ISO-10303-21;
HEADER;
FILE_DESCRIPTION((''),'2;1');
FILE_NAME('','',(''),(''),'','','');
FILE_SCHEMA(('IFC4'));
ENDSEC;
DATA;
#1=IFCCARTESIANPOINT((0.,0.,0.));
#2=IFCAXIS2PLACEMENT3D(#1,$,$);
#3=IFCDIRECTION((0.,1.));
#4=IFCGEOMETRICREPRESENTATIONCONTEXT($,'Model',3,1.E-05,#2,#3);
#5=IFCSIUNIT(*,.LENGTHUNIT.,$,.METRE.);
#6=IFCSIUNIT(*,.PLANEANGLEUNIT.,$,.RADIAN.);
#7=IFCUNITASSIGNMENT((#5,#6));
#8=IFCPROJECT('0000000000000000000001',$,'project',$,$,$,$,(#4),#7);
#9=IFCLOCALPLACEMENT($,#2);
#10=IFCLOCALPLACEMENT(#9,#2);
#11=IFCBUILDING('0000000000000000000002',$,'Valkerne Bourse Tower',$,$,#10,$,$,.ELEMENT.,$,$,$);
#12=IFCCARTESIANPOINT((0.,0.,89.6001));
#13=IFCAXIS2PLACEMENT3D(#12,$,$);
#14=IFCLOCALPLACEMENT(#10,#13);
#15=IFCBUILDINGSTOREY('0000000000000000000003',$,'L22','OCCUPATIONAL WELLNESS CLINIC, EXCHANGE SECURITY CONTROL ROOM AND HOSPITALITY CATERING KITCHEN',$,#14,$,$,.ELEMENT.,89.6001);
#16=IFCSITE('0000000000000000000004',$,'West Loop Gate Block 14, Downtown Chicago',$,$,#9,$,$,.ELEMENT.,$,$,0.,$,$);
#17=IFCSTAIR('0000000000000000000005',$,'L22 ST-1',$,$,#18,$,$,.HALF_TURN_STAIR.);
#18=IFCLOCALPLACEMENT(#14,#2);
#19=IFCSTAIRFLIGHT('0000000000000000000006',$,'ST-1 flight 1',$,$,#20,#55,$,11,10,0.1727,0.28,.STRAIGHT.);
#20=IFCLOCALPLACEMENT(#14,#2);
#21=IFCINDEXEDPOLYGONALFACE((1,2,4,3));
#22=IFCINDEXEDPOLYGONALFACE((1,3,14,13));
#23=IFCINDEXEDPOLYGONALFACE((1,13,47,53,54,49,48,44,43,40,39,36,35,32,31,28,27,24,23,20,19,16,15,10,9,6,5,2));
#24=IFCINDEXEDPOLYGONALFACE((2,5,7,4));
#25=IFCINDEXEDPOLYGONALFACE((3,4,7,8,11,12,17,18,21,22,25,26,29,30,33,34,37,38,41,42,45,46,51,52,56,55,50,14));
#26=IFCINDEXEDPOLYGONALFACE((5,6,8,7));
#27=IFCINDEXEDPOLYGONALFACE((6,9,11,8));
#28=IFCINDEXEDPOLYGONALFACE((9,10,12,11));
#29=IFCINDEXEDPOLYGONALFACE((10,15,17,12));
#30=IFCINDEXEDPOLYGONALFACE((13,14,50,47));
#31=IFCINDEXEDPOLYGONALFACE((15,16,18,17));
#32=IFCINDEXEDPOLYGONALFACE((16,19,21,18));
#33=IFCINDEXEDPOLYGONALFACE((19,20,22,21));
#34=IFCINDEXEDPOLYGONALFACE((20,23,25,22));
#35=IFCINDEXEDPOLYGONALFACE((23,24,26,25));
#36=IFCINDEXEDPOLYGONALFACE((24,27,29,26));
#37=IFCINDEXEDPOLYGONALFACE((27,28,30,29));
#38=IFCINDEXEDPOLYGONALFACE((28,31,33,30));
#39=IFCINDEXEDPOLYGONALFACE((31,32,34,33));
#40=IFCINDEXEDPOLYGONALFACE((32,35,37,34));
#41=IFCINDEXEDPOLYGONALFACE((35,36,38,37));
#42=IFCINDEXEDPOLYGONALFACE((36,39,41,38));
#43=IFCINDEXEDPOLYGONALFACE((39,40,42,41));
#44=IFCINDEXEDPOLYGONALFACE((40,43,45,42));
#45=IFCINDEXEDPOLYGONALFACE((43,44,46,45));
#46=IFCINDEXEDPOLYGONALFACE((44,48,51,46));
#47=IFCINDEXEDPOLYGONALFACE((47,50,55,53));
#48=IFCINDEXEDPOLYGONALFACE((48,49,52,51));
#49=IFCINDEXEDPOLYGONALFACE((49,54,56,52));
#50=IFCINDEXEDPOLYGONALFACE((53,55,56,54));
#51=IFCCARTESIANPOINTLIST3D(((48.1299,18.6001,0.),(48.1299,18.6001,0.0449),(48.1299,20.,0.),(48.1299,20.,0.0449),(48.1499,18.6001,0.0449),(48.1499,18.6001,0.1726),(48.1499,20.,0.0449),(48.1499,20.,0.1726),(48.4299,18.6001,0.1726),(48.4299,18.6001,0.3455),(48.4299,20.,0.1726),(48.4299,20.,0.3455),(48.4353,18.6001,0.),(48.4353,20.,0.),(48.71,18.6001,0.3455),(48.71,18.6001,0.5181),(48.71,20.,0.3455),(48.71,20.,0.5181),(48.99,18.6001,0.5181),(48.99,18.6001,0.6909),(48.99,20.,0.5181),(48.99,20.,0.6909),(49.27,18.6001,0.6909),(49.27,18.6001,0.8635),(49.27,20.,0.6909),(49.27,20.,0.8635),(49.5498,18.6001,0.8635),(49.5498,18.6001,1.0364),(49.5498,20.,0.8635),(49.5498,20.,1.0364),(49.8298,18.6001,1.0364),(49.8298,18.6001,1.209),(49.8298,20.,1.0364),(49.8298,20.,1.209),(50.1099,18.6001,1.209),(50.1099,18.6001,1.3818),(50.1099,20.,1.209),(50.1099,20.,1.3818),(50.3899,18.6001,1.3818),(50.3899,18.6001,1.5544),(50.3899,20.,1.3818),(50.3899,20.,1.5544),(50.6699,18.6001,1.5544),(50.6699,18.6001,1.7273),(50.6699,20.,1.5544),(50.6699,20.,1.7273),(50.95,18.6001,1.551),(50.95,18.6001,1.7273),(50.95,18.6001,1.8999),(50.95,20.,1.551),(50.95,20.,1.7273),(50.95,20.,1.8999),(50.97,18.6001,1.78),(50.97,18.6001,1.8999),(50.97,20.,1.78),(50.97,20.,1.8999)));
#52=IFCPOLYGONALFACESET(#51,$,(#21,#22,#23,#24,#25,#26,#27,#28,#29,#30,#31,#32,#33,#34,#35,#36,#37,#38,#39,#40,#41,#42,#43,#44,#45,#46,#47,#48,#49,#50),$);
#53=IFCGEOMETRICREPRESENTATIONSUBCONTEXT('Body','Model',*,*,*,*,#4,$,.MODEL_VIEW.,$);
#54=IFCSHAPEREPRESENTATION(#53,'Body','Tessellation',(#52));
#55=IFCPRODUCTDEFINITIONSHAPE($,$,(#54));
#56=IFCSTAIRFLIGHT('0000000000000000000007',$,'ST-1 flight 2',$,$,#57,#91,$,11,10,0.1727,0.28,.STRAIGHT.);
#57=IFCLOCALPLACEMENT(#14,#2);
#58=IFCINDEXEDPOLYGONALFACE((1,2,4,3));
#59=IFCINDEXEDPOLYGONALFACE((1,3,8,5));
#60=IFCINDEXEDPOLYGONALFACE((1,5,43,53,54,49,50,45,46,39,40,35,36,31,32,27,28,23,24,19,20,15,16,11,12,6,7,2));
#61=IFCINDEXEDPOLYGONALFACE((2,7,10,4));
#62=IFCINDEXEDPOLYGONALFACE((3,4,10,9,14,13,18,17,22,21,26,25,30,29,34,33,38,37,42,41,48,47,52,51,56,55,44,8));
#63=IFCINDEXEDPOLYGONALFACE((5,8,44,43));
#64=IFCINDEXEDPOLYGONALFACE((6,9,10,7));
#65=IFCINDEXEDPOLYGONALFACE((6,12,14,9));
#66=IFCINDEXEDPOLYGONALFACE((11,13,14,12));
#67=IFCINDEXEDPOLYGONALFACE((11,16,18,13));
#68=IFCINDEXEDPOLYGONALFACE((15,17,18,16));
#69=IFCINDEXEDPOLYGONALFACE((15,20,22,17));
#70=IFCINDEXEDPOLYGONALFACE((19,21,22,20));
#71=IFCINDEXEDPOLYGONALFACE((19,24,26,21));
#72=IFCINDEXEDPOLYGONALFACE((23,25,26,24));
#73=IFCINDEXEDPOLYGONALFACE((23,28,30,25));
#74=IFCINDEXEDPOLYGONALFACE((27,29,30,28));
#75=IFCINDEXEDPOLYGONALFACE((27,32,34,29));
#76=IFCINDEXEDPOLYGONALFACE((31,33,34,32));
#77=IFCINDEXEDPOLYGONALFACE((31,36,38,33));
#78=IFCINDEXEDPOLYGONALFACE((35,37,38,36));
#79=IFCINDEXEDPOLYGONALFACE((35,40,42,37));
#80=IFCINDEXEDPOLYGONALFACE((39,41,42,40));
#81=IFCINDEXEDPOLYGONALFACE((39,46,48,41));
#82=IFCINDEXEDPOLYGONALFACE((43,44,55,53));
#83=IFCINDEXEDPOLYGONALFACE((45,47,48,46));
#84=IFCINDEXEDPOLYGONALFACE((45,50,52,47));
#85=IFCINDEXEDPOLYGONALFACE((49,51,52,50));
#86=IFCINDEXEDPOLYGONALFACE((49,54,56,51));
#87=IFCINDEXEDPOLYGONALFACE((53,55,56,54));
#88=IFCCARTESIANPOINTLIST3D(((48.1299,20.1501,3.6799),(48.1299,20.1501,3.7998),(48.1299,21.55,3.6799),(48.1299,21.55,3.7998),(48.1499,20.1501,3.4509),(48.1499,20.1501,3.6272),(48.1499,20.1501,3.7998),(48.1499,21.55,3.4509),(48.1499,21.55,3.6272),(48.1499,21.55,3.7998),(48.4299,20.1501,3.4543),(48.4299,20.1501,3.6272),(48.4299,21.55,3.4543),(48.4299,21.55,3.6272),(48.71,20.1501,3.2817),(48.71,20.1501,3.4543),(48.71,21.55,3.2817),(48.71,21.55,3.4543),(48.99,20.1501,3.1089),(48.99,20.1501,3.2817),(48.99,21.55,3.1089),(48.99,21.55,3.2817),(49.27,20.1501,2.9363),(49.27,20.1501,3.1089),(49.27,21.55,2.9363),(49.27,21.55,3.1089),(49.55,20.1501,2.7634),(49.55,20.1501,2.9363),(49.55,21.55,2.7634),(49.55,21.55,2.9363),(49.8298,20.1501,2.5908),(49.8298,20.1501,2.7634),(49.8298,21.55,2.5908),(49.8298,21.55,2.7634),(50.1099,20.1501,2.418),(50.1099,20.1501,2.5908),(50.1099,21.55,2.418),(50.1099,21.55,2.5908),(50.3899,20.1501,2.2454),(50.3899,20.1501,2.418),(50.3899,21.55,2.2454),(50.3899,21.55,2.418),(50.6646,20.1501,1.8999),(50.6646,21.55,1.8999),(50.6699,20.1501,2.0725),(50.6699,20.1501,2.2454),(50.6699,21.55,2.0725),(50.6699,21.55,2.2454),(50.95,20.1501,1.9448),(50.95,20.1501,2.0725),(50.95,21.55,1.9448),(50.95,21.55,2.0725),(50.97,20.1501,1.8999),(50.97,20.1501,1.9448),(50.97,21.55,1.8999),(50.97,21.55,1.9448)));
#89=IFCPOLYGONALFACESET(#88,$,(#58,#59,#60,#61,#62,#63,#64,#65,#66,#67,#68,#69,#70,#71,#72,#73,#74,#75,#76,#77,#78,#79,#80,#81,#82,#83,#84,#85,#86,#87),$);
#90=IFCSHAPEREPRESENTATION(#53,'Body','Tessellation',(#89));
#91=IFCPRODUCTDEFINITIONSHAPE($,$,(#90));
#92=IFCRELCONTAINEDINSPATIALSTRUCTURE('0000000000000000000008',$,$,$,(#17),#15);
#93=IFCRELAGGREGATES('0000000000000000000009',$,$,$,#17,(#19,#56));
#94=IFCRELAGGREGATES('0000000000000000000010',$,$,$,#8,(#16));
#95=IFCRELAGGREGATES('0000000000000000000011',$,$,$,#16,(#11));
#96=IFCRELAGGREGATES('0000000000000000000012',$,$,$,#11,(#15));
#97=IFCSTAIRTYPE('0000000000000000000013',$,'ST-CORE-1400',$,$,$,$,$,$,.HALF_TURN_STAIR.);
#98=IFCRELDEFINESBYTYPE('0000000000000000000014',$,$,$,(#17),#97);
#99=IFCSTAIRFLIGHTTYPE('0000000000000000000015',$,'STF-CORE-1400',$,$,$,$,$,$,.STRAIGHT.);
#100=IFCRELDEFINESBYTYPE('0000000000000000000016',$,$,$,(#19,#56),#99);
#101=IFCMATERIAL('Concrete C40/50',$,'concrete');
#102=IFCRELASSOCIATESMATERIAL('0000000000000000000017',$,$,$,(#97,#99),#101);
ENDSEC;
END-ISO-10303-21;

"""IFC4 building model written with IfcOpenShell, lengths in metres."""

from ifc_helpers import new_model, si_unit, direction, frame, origin, place, context, subcontext, project, spatial, polyline, outline, extrude, material, type_object, element, aggregate, save


model = new_model("IFC4")

# Units and contexts
model_context = context("Model", 3, precision=1e-05, world=origin(), true_north=direction((0.0, 1.0)))
body_context = subcontext(model_context, "Body", "Model", "MODEL_VIEW")
ifc_project = project(units=[si_unit("LENGTHUNIT", "METRE"), si_unit("PLANEANGLEUNIT", "RADIAN")], contexts=[model_context])

# Site, building, storey
site_placement = place(None, origin())
site = spatial("IfcSite", under=ifc_project, at=site_placement, Name="West Loop Gate Block 14, Downtown Chicago", CompositionType="ELEMENT", RefElevation=0.0)
building_placement = place(site_placement, origin())
building = spatial("IfcBuilding", under=site, at=building_placement, Name="Valkerne Bourse Tower", CompositionType="ELEMENT")
storey_placement = place(building_placement, frame((0.0, 0.0, 89.6001)))
storey = spatial("IfcBuildingStorey", under=building, at=storey_placement, Name="L22", Description="OCCUPATIONAL WELLNESS CLINIC, EXCHANGE SECURITY CONTROL ROOM AND HOSPITALITY CATERING KITCHEN", CompositionType="ELEMENT", Elevation=89.6001)

# Stair, stair flights
ifc_material_1 = material(Name="Concrete C40/50", Category="concrete")
stair_type = type_object("IfcStairType", Name="ST-CORE-1400", PredefinedType="HALF_TURN_STAIR", material=ifc_material_1)
stair_placement = place(storey_placement, origin())
stair = element("IfcStair", 1, at=stair_placement, inside=storey, type_object=stair_type, Name="L22 ST-1", PredefinedType="HALF_TURN_STAIR")
stair_flight_type = type_object("IfcStairFlightType", Name="STF-CORE-1400", PredefinedType="STRAIGHT", material=ifc_material_1)
stair_flight_1_placement = place(storey_placement, frame((48.1499, 19.3, 0.0), z_axis=(0.0, 0.0, 1.0), x_axis=(1.0, 0.0, 0.0)))
stair_flight_1 = element("IfcStairFlight", 2, at=stair_flight_1_placement, type_object=stair_flight_type, Name="ST-1 flight 1", NumberOfRisers=11, NumberOfTreads=10, PredefinedType="STRAIGHT", RiserHeight=0.1727, TreadLength=0.28, context=body_context, shape_type="SweptSolid", body=[
    extrude(outline(polyline([(-0.02, 0.0), (-0.02, 0.0449), (0.0, 0.0449), (0.0, 0.1726), (0.28, 0.1726), (0.28, 0.3455), (0.5601, 0.3455), (0.5601, 0.5181), (0.8401, 0.5181), (0.8401, 0.6909), (1.1201, 0.6909), (1.1201, 0.8635), (1.3999, 0.8635), (1.3999, 1.0364), (1.6799, 1.0364), (1.6799, 1.209), (1.96, 1.209), (1.96, 1.3818), (2.24, 1.3818), (2.24, 1.5544), (2.52, 1.5544), (2.52, 1.7273), (2.8, 1.7273), (2.8, 1.8999), (2.8201, 1.8999), (2.8201, 1.78), (2.8, 1.551), (0.2854, 0.0), (-0.02, 0.0)])), frame((0.0, 0.7, 0.0), z_axis=(0.0, -1.0, 0.0), x_axis=(1.0, 0.0, 0.0)), (0.0, 0.0, 1.0), 1.3999),
])
stair_flight_2_placement = place(storey_placement, frame((50.95, 20.8501, 1.8999), z_axis=(0.0, 0.0, 1.0), x_axis=(-1.0, 0.0, 0.0)))
stair_flight_2 = element("IfcStairFlight", 3, at=stair_flight_2_placement, type_object=stair_flight_type, Name="ST-1 flight 2", NumberOfRisers=11, NumberOfTreads=10, PredefinedType="STRAIGHT", RiserHeight=0.1727, TreadLength=0.28, context=body_context, shape_type="SweptSolid", body=[
    extrude(outline(polyline([(-0.02, 0.0), (-0.02, 0.0449), (0.0, 0.0449), (0.0, 0.1726), (0.28, 0.1726), (0.28, 0.3455), (0.5601, 0.3455), (0.5601, 0.5181), (0.8401, 0.5181), (0.8401, 0.6909), (1.1201, 0.6909), (1.1201, 0.8635), (1.3999, 0.8635), (1.3999, 1.0364), (1.6799, 1.0364), (1.6799, 1.209), (1.96, 1.209), (1.96, 1.3818), (2.24, 1.3818), (2.24, 1.5544), (2.52, 1.5544), (2.52, 1.7273), (2.8, 1.7273), (2.8, 1.8999), (2.8201, 1.8999), (2.8201, 1.78), (2.8, 1.551), (0.2854, 0.0), (-0.02, 0.0)])), frame((0.0, 0.7, 0.0), z_axis=(0.0, -1.0, 0.0), x_axis=(1.0, 0.0, 0.0)), (0.0, 0.0, 1.0), 1.3999),
])
aggregate(stair, [stair_flight_1, stair_flight_2])

save(model, "model.ifc")
